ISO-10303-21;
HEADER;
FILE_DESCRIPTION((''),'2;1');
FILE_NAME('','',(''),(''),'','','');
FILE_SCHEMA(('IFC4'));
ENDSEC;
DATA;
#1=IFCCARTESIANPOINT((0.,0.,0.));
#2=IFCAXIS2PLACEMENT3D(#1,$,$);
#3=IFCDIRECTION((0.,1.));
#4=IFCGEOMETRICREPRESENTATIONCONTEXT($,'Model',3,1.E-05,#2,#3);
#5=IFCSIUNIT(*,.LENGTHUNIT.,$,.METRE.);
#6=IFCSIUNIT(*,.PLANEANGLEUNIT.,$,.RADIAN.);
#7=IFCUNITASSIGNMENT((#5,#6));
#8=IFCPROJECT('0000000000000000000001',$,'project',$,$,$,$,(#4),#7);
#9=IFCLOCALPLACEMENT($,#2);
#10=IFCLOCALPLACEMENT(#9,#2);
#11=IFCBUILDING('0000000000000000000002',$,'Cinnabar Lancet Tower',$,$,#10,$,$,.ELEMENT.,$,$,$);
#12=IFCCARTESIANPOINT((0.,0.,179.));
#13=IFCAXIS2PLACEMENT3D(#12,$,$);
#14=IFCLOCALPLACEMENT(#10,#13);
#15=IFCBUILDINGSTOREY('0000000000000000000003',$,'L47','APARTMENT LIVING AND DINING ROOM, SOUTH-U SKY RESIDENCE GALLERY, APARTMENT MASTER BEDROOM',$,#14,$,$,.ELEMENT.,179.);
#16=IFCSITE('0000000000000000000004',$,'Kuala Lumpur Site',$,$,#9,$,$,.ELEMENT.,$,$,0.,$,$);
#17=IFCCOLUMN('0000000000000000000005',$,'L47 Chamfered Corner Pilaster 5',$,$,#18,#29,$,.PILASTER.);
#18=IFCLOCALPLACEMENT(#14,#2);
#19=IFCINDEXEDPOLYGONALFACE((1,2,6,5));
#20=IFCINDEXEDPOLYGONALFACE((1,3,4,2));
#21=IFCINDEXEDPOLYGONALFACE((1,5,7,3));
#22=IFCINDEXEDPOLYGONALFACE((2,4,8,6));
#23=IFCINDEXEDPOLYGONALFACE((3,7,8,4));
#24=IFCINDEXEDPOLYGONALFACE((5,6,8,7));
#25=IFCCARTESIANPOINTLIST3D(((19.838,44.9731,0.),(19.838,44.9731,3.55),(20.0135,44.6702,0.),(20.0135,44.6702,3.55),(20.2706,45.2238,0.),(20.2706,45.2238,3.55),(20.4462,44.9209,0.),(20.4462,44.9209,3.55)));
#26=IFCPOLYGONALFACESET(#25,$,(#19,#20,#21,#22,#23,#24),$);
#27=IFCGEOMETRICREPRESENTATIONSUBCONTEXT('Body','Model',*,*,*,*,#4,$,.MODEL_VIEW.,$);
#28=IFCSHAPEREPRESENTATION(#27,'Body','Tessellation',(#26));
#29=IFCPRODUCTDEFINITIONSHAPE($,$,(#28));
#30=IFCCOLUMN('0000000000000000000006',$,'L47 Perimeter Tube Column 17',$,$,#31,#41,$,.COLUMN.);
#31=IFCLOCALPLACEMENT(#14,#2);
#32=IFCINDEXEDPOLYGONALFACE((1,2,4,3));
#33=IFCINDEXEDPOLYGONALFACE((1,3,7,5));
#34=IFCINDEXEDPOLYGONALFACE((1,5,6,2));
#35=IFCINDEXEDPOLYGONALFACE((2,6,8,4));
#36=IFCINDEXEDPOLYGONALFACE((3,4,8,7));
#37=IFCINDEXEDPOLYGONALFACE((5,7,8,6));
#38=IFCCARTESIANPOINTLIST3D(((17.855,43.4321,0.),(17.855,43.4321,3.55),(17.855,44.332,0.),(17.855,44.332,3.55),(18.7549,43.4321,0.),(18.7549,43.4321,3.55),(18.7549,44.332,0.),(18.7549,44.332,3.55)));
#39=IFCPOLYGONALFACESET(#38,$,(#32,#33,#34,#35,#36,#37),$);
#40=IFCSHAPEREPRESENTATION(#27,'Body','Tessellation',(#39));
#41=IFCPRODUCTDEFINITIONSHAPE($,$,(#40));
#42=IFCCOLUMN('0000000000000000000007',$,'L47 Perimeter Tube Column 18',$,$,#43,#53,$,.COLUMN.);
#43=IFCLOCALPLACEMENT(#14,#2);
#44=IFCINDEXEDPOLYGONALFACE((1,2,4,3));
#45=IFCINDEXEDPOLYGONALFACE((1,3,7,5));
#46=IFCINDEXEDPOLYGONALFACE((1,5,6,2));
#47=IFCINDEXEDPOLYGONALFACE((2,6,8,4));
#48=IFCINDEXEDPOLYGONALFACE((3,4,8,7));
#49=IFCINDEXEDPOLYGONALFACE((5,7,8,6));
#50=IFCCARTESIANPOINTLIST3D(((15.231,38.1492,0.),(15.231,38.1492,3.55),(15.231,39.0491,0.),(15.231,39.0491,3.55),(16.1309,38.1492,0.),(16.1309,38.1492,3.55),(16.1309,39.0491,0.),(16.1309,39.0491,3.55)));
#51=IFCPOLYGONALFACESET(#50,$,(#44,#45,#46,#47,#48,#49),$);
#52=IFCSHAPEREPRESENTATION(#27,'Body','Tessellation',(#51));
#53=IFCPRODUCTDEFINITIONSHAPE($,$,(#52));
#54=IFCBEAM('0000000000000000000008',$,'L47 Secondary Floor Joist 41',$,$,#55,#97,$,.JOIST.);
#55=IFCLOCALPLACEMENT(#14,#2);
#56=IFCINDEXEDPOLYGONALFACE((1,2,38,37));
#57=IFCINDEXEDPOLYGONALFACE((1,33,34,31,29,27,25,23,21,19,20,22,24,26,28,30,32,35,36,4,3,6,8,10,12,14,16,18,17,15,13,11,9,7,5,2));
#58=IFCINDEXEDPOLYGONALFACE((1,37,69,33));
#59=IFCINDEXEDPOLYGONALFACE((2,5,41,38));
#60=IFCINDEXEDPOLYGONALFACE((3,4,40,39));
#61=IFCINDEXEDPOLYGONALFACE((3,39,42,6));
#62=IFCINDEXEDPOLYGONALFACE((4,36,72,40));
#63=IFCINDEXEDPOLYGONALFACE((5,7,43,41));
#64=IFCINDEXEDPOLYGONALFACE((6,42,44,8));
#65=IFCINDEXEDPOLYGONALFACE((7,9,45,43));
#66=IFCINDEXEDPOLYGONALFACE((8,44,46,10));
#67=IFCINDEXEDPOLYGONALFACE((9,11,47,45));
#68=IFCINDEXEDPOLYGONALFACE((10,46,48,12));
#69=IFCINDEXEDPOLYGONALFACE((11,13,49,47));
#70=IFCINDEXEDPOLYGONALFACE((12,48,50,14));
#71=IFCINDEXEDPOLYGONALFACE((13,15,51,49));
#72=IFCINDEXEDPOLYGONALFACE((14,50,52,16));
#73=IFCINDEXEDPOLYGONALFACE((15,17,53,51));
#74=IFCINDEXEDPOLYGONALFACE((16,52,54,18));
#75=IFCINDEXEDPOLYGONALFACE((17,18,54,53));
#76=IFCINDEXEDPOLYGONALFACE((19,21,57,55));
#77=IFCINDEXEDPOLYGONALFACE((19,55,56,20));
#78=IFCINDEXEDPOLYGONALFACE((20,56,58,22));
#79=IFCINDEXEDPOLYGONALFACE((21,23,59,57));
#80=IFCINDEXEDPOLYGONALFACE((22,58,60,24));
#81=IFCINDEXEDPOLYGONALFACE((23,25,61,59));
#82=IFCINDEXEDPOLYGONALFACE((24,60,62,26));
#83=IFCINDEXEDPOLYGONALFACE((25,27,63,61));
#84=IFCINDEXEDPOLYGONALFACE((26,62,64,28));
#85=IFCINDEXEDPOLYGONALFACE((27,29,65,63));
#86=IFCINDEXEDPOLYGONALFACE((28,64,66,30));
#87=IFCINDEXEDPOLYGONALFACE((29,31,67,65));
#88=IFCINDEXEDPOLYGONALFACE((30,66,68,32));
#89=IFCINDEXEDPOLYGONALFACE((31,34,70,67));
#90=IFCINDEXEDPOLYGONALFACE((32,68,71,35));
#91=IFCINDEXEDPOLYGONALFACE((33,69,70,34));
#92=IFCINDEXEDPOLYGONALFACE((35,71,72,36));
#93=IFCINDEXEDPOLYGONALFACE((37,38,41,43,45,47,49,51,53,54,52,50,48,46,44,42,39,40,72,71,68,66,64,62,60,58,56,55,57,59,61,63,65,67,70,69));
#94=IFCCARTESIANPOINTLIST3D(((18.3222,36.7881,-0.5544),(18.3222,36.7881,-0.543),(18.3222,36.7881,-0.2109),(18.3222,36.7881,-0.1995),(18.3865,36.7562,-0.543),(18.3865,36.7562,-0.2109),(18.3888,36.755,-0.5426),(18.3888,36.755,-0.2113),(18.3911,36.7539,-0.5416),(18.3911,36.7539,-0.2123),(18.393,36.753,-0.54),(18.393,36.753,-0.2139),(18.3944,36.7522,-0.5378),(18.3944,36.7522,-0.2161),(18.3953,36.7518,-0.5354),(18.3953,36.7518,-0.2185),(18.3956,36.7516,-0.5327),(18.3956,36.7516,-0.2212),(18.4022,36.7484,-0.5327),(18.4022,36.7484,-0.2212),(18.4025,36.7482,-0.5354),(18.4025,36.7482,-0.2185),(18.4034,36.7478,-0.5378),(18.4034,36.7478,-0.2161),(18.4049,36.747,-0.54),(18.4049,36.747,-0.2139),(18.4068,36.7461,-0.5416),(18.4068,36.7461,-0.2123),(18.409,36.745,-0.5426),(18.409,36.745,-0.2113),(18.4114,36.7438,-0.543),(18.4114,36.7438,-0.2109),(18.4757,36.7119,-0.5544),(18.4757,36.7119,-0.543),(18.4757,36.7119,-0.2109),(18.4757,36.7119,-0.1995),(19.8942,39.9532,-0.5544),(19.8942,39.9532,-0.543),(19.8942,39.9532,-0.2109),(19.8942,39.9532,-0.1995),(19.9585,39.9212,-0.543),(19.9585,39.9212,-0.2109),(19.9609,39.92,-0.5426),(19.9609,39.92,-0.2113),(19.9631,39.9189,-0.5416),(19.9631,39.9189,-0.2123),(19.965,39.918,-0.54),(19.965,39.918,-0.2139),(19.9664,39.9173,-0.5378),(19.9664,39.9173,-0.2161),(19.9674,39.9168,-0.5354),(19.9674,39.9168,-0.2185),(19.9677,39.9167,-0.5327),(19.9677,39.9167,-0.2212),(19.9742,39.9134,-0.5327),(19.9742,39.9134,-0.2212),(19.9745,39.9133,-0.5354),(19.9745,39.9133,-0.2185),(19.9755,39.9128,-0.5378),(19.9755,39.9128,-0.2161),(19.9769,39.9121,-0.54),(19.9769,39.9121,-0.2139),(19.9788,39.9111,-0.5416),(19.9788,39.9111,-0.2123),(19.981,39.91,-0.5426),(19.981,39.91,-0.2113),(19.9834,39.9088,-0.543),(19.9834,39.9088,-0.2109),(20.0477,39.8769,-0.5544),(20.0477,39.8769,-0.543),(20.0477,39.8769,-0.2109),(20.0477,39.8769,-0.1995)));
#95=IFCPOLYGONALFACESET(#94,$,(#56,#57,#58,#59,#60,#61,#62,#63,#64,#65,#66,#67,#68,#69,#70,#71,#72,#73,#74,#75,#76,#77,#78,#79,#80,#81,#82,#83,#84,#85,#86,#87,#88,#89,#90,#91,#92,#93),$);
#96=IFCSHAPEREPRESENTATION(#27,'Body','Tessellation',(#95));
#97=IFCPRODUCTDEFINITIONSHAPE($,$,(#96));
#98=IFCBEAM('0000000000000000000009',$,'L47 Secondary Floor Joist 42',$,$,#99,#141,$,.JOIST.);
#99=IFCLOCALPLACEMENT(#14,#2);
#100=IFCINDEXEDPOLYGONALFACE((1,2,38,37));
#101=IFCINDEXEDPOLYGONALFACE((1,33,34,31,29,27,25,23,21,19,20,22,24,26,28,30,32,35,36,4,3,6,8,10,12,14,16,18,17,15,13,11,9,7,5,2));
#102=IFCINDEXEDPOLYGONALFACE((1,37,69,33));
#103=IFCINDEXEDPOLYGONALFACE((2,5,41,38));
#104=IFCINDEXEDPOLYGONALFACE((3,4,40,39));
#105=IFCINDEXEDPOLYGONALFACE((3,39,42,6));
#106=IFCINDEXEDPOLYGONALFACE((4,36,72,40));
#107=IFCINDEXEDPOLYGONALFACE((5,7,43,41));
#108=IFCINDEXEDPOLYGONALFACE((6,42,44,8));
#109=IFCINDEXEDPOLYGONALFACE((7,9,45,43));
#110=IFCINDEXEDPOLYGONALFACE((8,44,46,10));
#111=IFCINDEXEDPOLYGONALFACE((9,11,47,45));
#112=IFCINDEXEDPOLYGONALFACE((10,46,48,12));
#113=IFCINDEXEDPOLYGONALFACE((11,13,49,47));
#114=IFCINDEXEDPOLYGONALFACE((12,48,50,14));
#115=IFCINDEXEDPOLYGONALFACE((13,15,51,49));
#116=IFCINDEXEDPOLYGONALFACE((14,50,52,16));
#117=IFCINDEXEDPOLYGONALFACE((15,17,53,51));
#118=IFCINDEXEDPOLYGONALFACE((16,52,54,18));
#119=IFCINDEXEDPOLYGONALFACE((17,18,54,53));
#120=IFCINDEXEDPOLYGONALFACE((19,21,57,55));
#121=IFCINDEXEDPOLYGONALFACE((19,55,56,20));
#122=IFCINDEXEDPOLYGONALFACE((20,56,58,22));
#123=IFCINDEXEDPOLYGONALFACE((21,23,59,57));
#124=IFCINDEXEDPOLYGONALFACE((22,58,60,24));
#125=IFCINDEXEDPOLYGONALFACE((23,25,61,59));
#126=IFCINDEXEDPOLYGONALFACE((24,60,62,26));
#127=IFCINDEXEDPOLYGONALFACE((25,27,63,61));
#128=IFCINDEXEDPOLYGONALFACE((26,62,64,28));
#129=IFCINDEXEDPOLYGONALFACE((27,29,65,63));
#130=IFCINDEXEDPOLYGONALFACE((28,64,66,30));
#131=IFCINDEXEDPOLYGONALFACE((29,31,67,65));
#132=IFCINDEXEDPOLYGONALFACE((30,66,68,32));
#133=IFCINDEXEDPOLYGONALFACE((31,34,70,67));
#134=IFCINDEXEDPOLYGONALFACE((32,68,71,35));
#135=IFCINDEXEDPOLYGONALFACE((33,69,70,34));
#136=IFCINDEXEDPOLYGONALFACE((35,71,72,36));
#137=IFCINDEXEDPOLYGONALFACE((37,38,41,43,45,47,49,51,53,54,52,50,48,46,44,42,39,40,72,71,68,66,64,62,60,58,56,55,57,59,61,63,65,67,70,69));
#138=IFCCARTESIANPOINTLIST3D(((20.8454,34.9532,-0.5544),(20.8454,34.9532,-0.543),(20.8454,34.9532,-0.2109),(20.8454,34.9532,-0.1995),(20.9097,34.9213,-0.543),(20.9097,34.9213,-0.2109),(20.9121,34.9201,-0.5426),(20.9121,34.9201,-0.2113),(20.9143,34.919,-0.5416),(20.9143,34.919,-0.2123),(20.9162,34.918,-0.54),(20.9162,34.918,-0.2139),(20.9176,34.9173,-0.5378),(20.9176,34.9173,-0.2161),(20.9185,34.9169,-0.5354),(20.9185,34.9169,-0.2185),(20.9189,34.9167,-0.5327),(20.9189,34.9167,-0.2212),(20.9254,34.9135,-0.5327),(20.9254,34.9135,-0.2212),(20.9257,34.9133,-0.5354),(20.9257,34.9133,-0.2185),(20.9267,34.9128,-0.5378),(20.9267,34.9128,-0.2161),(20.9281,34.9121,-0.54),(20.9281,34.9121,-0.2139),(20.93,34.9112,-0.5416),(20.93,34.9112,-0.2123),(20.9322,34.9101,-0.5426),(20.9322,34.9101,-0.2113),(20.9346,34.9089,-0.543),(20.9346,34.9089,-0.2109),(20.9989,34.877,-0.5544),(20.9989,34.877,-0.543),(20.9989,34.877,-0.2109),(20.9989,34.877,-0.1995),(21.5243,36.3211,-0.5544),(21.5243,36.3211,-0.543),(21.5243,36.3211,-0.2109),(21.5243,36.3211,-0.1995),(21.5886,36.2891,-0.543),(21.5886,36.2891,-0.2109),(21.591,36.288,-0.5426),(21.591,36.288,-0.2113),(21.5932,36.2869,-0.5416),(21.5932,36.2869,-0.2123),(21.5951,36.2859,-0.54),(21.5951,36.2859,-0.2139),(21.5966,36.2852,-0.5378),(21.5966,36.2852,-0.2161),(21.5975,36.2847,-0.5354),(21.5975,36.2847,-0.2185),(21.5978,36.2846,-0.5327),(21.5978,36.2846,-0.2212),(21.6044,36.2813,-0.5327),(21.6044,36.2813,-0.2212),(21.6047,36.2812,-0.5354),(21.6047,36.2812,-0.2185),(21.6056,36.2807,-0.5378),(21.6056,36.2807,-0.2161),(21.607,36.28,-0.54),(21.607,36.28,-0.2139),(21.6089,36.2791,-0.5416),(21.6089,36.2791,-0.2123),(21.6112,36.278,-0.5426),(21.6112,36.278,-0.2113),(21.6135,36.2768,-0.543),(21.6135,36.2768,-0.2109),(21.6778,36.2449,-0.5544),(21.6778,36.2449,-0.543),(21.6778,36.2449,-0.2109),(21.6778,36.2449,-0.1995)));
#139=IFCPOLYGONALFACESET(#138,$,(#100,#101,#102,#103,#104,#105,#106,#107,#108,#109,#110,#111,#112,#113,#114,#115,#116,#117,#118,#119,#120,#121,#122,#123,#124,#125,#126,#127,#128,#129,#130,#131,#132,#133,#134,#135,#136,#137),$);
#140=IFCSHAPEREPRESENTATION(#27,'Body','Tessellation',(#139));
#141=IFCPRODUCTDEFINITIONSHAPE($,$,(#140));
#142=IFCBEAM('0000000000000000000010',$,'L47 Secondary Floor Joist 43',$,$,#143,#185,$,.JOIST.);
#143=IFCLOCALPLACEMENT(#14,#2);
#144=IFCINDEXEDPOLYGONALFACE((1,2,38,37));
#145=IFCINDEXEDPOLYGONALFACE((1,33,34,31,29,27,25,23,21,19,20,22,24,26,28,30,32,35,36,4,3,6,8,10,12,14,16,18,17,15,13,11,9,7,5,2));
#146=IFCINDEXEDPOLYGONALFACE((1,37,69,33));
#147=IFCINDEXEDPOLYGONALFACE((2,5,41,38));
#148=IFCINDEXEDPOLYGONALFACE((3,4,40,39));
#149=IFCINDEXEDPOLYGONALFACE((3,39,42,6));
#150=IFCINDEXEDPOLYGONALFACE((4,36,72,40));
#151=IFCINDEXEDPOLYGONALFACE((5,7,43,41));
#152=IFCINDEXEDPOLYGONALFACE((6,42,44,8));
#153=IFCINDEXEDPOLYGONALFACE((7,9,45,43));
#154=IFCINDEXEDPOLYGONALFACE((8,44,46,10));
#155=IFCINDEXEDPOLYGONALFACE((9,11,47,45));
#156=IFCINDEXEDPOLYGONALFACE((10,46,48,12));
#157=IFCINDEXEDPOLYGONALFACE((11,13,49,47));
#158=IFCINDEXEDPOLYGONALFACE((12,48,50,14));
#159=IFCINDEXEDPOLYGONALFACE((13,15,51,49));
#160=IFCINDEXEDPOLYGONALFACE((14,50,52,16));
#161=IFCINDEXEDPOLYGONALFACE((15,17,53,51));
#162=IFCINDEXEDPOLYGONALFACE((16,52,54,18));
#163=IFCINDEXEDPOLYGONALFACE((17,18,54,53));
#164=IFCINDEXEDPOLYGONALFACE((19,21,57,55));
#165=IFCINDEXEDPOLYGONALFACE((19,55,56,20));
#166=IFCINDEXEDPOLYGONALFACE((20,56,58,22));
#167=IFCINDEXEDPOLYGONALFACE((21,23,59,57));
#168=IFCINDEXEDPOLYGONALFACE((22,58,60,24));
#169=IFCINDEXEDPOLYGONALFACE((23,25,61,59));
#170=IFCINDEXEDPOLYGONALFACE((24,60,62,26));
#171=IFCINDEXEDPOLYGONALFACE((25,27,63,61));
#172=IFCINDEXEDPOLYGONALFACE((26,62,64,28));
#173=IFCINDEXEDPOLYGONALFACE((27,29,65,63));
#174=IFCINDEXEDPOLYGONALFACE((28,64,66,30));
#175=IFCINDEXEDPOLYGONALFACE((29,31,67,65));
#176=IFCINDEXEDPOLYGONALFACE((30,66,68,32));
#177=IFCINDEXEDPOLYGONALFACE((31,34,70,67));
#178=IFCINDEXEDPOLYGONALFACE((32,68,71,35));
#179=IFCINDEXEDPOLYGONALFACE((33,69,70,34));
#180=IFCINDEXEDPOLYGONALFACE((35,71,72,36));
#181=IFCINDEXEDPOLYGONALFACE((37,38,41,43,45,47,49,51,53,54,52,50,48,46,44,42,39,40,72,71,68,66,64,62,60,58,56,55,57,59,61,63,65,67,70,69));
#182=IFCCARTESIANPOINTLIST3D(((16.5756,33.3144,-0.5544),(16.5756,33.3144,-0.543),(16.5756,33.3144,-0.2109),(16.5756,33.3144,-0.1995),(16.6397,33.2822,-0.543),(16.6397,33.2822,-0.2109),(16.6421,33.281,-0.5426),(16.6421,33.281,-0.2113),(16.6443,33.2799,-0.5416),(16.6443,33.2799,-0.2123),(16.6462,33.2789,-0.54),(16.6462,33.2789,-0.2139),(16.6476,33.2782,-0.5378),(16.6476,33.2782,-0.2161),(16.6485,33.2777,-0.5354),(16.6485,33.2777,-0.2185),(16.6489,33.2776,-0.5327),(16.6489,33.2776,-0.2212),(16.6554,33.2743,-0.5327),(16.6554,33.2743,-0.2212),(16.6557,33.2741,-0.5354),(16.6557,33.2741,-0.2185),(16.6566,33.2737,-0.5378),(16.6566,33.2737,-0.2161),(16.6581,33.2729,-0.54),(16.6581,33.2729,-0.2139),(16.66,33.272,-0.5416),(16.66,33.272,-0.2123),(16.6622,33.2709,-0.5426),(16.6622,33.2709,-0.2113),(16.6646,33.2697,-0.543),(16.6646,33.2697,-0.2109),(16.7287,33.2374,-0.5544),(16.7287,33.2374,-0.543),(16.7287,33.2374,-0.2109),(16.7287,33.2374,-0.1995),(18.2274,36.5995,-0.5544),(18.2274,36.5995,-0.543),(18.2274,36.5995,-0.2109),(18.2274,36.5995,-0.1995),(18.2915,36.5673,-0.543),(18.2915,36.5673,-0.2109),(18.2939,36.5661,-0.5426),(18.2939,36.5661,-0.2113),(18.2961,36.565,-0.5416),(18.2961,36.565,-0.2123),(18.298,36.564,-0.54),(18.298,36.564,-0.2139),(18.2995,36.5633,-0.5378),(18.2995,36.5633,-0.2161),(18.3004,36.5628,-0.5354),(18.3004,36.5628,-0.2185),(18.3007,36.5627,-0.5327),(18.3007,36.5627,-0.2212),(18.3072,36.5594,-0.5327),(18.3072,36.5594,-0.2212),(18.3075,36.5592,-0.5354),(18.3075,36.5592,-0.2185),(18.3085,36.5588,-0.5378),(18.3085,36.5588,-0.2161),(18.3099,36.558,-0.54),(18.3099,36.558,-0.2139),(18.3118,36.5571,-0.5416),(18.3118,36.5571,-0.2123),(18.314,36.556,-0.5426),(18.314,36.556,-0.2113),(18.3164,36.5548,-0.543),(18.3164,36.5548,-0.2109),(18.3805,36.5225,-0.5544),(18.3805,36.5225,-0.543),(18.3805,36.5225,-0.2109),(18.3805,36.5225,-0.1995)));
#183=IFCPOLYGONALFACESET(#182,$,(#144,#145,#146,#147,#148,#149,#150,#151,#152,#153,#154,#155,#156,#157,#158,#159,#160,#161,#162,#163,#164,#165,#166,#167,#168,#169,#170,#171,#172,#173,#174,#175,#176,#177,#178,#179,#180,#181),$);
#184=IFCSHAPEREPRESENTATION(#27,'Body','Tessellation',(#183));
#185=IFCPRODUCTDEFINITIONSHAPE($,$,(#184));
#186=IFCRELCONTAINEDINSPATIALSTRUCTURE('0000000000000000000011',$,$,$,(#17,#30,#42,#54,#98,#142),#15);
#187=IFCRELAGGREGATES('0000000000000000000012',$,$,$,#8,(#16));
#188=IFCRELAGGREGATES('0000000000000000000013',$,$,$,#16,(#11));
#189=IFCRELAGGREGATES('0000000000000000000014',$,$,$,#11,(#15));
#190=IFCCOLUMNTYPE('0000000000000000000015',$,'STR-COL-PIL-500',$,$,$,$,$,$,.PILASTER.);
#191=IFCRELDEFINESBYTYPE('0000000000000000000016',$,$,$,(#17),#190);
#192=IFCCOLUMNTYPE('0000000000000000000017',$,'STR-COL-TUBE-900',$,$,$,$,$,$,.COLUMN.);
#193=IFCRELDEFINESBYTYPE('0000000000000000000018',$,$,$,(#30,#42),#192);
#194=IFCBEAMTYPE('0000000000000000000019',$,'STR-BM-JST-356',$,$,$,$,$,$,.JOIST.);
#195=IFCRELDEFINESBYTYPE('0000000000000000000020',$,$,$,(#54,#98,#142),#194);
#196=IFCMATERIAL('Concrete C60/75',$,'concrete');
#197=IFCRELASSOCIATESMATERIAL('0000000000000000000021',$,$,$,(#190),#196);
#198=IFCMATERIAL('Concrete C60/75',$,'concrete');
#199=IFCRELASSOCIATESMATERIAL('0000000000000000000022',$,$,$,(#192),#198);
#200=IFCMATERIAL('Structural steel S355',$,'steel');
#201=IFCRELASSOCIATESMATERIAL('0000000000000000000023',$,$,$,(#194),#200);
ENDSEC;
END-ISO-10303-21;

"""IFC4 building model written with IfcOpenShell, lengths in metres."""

from ifc_helpers import new_model, si_unit, direction, frame, origin, origin_2d, place, context, subcontext, project, spatial, rectangle, i_section, extrude, material, material_profile, profile_set, type_object, element, save


model = new_model("IFC4")

# Units and contexts
model_context = context("Model", 3, precision=1e-05, world=origin(), true_north=direction((0.0, 1.0)))
body_context = subcontext(model_context, "Body", "Model", "MODEL_VIEW")
ifc_project = project(units=[si_unit("LENGTHUNIT", "METRE"), si_unit("PLANEANGLEUNIT", "RADIAN")], contexts=[model_context])

# Site, building, storey
site_placement = place(None, origin())
site = spatial("IfcSite", under=ifc_project, at=site_placement, Name="Kuala Lumpur Site", CompositionType="ELEMENT", RefElevation=0.0)
building_placement = place(site_placement, origin())
building = spatial("IfcBuilding", under=site, at=building_placement, Name="Cinnabar Lancet Tower", CompositionType="ELEMENT")
storey_placement = place(building_placement, frame((0.0, 0.0, 179.0)))
storey = spatial("IfcBuildingStorey", under=building, at=storey_placement, Name="L47", Description="APARTMENT LIVING AND DINING ROOM, SOUTH-U SKY RESIDENCE GALLERY, APARTMENT MASTER BEDROOM", CompositionType="ELEMENT", Elevation=179.0)

# Columns
ifc_material_1 = material(Name="Concrete C60/75", Category="concrete")
ifc_material_profile_1 = material_profile(ifc_material_1, rectangle(XDim=0.5, YDim=0.3501, at=origin_2d()), Name="RC-PIL 500x350")
ifc_profile_set_1 = profile_set([ifc_material_profile_1], Name="Concrete C60/75")
column_type_1 = type_object("IfcColumnType", Name="STR-COL-PIL-500", PredefinedType="PILASTER", material=ifc_profile_set_1)
column_placement = place(storey_placement, frame((20.1421, 44.947, 0.0), z_axis=(0.0, 0.0, 1.0), x_axis=(-0.86523, -0.501375, 0.0)))
element("IfcColumn", 1, at=column_placement, inside=storey, type_object=column_type_1, Name="L47 Chamfered Corner Pilaster 5", PredefinedType="PILASTER", context=body_context, shape_type="SweptSolid", body=[
    extrude(rectangle(XDim=0.5, YDim=0.3501, at=origin_2d()), origin(), (0.0, 0.0, 1.0), 3.55),
])
ifc_material_2 = material(Name="Concrete C60/75", Category="concrete")
ifc_material_profile_2 = material_profile(ifc_material_2, rectangle(XDim=0.8999, YDim=0.8999, at=origin_2d()), Name="RC-COL 900x900")
ifc_profile_set_2 = profile_set([ifc_material_profile_2], Name="Concrete C60/75")
column_type_2 = type_object("IfcColumnType", Name="STR-COL-TUBE-900", PredefinedType="COLUMN", material=ifc_profile_set_2)
for number, where, z_axis, x_axis, name in (
    (2, (18.3049, 43.8821, 0.0), (0.0, 0.0, 1.0), (1.0, 0.0, 0.0), "L47 Perimeter Tube Column 17"),
    (3, (15.6809, 38.5991, 0.0), (0.0, 0.0, 1.0), (1.0, 0.0, 0.0), "L47 Perimeter Tube Column 18"),
):
    element("IfcColumn", number, at=place(storey_placement, frame(where, z_axis=z_axis, x_axis=x_axis)), inside=storey, type_object=column_type_2, Name=name, PredefinedType="COLUMN", context=body_context, shape_type="SweptSolid", body=[
        extrude(rectangle(XDim=0.8999, YDim=0.8999, at=origin_2d()), origin(), (0.0, 0.0, 1.0), 3.55),
    ])

# Beams
ifc_material_3 = material(Name="Structural steel S355", Category="steel")
ifc_material_profile_3 = material_profile(ifc_material_3, i_section(OverallWidth=0.1714, OverallDepth=0.355, WebThickness=0.0073, FlangeThickness=0.0115, FilletRadius=0.0103, at=origin_2d()), Name="UKB 356x171x51")
ifc_profile_set_3 = profile_set([ifc_material_profile_3], Name="Structural steel S355")
beam_type_1 = type_object("IfcBeamType", Name="STR-BM-JST-356", PredefinedType="JOIST", material=ifc_profile_set_3)
beam_1_placement = place(storey_placement, frame((19.9709, 39.915, -0.377), z_axis=(-0.444836, -0.895612, 0.0), x_axis=(0.895612, -0.444836, 0.0)))
element("IfcBeam", 4, at=beam_1_placement, inside=storey, type_object=beam_type_1, Name="L47 Secondary Floor Joist 41", PredefinedType="JOIST", context=body_context, shape_type="SweptSolid", body=[
    extrude(i_section(OverallWidth=0.1714, OverallDepth=0.355, WebThickness=0.0073, FlangeThickness=0.0115, FilletRadius=0.0103, at=origin_2d()), origin(), (0.0, 0.0, 1.0), 3.5339),
])
beam_2_placement = place(storey_placement, frame((21.6011, 36.283, -0.377), z_axis=(-0.44459, -0.895734, 0.0), x_axis=(0.895734, -0.44459, 0.0)))
element("IfcBeam", 5, at=beam_2_placement, inside=storey, type_object=beam_type_1, Name="L47 Secondary Floor Joist 42", PredefinedType="JOIST", context=body_context, shape_type="SweptSolid", body=[
    extrude(i_section(OverallWidth=0.1714, OverallDepth=0.355, WebThickness=0.0073, FlangeThickness=0.0115, FilletRadius=0.0103, at=origin_2d()), origin(), (0.0, 0.0, 1.0), 1.5271),
])
beam_3_placement = place(storey_placement, frame((18.304, 36.561, -0.377), z_axis=(-0.449231, -0.893416, 0.0), x_axis=(0.893416, -0.449231, 0.0)))
element("IfcBeam", 6, at=beam_3_placement, inside=storey, type_object=beam_type_1, Name="L47 Secondary Floor Joist 43", PredefinedType="JOIST", context=body_context, shape_type="SweptSolid", body=[
    extrude(i_section(OverallWidth=0.1714, OverallDepth=0.355, WebThickness=0.0073, FlangeThickness=0.0115, FilletRadius=0.0103, at=origin_2d()), origin(), (0.0, 0.0, 1.0), 3.677),
])

save(model, "model.ifc")
